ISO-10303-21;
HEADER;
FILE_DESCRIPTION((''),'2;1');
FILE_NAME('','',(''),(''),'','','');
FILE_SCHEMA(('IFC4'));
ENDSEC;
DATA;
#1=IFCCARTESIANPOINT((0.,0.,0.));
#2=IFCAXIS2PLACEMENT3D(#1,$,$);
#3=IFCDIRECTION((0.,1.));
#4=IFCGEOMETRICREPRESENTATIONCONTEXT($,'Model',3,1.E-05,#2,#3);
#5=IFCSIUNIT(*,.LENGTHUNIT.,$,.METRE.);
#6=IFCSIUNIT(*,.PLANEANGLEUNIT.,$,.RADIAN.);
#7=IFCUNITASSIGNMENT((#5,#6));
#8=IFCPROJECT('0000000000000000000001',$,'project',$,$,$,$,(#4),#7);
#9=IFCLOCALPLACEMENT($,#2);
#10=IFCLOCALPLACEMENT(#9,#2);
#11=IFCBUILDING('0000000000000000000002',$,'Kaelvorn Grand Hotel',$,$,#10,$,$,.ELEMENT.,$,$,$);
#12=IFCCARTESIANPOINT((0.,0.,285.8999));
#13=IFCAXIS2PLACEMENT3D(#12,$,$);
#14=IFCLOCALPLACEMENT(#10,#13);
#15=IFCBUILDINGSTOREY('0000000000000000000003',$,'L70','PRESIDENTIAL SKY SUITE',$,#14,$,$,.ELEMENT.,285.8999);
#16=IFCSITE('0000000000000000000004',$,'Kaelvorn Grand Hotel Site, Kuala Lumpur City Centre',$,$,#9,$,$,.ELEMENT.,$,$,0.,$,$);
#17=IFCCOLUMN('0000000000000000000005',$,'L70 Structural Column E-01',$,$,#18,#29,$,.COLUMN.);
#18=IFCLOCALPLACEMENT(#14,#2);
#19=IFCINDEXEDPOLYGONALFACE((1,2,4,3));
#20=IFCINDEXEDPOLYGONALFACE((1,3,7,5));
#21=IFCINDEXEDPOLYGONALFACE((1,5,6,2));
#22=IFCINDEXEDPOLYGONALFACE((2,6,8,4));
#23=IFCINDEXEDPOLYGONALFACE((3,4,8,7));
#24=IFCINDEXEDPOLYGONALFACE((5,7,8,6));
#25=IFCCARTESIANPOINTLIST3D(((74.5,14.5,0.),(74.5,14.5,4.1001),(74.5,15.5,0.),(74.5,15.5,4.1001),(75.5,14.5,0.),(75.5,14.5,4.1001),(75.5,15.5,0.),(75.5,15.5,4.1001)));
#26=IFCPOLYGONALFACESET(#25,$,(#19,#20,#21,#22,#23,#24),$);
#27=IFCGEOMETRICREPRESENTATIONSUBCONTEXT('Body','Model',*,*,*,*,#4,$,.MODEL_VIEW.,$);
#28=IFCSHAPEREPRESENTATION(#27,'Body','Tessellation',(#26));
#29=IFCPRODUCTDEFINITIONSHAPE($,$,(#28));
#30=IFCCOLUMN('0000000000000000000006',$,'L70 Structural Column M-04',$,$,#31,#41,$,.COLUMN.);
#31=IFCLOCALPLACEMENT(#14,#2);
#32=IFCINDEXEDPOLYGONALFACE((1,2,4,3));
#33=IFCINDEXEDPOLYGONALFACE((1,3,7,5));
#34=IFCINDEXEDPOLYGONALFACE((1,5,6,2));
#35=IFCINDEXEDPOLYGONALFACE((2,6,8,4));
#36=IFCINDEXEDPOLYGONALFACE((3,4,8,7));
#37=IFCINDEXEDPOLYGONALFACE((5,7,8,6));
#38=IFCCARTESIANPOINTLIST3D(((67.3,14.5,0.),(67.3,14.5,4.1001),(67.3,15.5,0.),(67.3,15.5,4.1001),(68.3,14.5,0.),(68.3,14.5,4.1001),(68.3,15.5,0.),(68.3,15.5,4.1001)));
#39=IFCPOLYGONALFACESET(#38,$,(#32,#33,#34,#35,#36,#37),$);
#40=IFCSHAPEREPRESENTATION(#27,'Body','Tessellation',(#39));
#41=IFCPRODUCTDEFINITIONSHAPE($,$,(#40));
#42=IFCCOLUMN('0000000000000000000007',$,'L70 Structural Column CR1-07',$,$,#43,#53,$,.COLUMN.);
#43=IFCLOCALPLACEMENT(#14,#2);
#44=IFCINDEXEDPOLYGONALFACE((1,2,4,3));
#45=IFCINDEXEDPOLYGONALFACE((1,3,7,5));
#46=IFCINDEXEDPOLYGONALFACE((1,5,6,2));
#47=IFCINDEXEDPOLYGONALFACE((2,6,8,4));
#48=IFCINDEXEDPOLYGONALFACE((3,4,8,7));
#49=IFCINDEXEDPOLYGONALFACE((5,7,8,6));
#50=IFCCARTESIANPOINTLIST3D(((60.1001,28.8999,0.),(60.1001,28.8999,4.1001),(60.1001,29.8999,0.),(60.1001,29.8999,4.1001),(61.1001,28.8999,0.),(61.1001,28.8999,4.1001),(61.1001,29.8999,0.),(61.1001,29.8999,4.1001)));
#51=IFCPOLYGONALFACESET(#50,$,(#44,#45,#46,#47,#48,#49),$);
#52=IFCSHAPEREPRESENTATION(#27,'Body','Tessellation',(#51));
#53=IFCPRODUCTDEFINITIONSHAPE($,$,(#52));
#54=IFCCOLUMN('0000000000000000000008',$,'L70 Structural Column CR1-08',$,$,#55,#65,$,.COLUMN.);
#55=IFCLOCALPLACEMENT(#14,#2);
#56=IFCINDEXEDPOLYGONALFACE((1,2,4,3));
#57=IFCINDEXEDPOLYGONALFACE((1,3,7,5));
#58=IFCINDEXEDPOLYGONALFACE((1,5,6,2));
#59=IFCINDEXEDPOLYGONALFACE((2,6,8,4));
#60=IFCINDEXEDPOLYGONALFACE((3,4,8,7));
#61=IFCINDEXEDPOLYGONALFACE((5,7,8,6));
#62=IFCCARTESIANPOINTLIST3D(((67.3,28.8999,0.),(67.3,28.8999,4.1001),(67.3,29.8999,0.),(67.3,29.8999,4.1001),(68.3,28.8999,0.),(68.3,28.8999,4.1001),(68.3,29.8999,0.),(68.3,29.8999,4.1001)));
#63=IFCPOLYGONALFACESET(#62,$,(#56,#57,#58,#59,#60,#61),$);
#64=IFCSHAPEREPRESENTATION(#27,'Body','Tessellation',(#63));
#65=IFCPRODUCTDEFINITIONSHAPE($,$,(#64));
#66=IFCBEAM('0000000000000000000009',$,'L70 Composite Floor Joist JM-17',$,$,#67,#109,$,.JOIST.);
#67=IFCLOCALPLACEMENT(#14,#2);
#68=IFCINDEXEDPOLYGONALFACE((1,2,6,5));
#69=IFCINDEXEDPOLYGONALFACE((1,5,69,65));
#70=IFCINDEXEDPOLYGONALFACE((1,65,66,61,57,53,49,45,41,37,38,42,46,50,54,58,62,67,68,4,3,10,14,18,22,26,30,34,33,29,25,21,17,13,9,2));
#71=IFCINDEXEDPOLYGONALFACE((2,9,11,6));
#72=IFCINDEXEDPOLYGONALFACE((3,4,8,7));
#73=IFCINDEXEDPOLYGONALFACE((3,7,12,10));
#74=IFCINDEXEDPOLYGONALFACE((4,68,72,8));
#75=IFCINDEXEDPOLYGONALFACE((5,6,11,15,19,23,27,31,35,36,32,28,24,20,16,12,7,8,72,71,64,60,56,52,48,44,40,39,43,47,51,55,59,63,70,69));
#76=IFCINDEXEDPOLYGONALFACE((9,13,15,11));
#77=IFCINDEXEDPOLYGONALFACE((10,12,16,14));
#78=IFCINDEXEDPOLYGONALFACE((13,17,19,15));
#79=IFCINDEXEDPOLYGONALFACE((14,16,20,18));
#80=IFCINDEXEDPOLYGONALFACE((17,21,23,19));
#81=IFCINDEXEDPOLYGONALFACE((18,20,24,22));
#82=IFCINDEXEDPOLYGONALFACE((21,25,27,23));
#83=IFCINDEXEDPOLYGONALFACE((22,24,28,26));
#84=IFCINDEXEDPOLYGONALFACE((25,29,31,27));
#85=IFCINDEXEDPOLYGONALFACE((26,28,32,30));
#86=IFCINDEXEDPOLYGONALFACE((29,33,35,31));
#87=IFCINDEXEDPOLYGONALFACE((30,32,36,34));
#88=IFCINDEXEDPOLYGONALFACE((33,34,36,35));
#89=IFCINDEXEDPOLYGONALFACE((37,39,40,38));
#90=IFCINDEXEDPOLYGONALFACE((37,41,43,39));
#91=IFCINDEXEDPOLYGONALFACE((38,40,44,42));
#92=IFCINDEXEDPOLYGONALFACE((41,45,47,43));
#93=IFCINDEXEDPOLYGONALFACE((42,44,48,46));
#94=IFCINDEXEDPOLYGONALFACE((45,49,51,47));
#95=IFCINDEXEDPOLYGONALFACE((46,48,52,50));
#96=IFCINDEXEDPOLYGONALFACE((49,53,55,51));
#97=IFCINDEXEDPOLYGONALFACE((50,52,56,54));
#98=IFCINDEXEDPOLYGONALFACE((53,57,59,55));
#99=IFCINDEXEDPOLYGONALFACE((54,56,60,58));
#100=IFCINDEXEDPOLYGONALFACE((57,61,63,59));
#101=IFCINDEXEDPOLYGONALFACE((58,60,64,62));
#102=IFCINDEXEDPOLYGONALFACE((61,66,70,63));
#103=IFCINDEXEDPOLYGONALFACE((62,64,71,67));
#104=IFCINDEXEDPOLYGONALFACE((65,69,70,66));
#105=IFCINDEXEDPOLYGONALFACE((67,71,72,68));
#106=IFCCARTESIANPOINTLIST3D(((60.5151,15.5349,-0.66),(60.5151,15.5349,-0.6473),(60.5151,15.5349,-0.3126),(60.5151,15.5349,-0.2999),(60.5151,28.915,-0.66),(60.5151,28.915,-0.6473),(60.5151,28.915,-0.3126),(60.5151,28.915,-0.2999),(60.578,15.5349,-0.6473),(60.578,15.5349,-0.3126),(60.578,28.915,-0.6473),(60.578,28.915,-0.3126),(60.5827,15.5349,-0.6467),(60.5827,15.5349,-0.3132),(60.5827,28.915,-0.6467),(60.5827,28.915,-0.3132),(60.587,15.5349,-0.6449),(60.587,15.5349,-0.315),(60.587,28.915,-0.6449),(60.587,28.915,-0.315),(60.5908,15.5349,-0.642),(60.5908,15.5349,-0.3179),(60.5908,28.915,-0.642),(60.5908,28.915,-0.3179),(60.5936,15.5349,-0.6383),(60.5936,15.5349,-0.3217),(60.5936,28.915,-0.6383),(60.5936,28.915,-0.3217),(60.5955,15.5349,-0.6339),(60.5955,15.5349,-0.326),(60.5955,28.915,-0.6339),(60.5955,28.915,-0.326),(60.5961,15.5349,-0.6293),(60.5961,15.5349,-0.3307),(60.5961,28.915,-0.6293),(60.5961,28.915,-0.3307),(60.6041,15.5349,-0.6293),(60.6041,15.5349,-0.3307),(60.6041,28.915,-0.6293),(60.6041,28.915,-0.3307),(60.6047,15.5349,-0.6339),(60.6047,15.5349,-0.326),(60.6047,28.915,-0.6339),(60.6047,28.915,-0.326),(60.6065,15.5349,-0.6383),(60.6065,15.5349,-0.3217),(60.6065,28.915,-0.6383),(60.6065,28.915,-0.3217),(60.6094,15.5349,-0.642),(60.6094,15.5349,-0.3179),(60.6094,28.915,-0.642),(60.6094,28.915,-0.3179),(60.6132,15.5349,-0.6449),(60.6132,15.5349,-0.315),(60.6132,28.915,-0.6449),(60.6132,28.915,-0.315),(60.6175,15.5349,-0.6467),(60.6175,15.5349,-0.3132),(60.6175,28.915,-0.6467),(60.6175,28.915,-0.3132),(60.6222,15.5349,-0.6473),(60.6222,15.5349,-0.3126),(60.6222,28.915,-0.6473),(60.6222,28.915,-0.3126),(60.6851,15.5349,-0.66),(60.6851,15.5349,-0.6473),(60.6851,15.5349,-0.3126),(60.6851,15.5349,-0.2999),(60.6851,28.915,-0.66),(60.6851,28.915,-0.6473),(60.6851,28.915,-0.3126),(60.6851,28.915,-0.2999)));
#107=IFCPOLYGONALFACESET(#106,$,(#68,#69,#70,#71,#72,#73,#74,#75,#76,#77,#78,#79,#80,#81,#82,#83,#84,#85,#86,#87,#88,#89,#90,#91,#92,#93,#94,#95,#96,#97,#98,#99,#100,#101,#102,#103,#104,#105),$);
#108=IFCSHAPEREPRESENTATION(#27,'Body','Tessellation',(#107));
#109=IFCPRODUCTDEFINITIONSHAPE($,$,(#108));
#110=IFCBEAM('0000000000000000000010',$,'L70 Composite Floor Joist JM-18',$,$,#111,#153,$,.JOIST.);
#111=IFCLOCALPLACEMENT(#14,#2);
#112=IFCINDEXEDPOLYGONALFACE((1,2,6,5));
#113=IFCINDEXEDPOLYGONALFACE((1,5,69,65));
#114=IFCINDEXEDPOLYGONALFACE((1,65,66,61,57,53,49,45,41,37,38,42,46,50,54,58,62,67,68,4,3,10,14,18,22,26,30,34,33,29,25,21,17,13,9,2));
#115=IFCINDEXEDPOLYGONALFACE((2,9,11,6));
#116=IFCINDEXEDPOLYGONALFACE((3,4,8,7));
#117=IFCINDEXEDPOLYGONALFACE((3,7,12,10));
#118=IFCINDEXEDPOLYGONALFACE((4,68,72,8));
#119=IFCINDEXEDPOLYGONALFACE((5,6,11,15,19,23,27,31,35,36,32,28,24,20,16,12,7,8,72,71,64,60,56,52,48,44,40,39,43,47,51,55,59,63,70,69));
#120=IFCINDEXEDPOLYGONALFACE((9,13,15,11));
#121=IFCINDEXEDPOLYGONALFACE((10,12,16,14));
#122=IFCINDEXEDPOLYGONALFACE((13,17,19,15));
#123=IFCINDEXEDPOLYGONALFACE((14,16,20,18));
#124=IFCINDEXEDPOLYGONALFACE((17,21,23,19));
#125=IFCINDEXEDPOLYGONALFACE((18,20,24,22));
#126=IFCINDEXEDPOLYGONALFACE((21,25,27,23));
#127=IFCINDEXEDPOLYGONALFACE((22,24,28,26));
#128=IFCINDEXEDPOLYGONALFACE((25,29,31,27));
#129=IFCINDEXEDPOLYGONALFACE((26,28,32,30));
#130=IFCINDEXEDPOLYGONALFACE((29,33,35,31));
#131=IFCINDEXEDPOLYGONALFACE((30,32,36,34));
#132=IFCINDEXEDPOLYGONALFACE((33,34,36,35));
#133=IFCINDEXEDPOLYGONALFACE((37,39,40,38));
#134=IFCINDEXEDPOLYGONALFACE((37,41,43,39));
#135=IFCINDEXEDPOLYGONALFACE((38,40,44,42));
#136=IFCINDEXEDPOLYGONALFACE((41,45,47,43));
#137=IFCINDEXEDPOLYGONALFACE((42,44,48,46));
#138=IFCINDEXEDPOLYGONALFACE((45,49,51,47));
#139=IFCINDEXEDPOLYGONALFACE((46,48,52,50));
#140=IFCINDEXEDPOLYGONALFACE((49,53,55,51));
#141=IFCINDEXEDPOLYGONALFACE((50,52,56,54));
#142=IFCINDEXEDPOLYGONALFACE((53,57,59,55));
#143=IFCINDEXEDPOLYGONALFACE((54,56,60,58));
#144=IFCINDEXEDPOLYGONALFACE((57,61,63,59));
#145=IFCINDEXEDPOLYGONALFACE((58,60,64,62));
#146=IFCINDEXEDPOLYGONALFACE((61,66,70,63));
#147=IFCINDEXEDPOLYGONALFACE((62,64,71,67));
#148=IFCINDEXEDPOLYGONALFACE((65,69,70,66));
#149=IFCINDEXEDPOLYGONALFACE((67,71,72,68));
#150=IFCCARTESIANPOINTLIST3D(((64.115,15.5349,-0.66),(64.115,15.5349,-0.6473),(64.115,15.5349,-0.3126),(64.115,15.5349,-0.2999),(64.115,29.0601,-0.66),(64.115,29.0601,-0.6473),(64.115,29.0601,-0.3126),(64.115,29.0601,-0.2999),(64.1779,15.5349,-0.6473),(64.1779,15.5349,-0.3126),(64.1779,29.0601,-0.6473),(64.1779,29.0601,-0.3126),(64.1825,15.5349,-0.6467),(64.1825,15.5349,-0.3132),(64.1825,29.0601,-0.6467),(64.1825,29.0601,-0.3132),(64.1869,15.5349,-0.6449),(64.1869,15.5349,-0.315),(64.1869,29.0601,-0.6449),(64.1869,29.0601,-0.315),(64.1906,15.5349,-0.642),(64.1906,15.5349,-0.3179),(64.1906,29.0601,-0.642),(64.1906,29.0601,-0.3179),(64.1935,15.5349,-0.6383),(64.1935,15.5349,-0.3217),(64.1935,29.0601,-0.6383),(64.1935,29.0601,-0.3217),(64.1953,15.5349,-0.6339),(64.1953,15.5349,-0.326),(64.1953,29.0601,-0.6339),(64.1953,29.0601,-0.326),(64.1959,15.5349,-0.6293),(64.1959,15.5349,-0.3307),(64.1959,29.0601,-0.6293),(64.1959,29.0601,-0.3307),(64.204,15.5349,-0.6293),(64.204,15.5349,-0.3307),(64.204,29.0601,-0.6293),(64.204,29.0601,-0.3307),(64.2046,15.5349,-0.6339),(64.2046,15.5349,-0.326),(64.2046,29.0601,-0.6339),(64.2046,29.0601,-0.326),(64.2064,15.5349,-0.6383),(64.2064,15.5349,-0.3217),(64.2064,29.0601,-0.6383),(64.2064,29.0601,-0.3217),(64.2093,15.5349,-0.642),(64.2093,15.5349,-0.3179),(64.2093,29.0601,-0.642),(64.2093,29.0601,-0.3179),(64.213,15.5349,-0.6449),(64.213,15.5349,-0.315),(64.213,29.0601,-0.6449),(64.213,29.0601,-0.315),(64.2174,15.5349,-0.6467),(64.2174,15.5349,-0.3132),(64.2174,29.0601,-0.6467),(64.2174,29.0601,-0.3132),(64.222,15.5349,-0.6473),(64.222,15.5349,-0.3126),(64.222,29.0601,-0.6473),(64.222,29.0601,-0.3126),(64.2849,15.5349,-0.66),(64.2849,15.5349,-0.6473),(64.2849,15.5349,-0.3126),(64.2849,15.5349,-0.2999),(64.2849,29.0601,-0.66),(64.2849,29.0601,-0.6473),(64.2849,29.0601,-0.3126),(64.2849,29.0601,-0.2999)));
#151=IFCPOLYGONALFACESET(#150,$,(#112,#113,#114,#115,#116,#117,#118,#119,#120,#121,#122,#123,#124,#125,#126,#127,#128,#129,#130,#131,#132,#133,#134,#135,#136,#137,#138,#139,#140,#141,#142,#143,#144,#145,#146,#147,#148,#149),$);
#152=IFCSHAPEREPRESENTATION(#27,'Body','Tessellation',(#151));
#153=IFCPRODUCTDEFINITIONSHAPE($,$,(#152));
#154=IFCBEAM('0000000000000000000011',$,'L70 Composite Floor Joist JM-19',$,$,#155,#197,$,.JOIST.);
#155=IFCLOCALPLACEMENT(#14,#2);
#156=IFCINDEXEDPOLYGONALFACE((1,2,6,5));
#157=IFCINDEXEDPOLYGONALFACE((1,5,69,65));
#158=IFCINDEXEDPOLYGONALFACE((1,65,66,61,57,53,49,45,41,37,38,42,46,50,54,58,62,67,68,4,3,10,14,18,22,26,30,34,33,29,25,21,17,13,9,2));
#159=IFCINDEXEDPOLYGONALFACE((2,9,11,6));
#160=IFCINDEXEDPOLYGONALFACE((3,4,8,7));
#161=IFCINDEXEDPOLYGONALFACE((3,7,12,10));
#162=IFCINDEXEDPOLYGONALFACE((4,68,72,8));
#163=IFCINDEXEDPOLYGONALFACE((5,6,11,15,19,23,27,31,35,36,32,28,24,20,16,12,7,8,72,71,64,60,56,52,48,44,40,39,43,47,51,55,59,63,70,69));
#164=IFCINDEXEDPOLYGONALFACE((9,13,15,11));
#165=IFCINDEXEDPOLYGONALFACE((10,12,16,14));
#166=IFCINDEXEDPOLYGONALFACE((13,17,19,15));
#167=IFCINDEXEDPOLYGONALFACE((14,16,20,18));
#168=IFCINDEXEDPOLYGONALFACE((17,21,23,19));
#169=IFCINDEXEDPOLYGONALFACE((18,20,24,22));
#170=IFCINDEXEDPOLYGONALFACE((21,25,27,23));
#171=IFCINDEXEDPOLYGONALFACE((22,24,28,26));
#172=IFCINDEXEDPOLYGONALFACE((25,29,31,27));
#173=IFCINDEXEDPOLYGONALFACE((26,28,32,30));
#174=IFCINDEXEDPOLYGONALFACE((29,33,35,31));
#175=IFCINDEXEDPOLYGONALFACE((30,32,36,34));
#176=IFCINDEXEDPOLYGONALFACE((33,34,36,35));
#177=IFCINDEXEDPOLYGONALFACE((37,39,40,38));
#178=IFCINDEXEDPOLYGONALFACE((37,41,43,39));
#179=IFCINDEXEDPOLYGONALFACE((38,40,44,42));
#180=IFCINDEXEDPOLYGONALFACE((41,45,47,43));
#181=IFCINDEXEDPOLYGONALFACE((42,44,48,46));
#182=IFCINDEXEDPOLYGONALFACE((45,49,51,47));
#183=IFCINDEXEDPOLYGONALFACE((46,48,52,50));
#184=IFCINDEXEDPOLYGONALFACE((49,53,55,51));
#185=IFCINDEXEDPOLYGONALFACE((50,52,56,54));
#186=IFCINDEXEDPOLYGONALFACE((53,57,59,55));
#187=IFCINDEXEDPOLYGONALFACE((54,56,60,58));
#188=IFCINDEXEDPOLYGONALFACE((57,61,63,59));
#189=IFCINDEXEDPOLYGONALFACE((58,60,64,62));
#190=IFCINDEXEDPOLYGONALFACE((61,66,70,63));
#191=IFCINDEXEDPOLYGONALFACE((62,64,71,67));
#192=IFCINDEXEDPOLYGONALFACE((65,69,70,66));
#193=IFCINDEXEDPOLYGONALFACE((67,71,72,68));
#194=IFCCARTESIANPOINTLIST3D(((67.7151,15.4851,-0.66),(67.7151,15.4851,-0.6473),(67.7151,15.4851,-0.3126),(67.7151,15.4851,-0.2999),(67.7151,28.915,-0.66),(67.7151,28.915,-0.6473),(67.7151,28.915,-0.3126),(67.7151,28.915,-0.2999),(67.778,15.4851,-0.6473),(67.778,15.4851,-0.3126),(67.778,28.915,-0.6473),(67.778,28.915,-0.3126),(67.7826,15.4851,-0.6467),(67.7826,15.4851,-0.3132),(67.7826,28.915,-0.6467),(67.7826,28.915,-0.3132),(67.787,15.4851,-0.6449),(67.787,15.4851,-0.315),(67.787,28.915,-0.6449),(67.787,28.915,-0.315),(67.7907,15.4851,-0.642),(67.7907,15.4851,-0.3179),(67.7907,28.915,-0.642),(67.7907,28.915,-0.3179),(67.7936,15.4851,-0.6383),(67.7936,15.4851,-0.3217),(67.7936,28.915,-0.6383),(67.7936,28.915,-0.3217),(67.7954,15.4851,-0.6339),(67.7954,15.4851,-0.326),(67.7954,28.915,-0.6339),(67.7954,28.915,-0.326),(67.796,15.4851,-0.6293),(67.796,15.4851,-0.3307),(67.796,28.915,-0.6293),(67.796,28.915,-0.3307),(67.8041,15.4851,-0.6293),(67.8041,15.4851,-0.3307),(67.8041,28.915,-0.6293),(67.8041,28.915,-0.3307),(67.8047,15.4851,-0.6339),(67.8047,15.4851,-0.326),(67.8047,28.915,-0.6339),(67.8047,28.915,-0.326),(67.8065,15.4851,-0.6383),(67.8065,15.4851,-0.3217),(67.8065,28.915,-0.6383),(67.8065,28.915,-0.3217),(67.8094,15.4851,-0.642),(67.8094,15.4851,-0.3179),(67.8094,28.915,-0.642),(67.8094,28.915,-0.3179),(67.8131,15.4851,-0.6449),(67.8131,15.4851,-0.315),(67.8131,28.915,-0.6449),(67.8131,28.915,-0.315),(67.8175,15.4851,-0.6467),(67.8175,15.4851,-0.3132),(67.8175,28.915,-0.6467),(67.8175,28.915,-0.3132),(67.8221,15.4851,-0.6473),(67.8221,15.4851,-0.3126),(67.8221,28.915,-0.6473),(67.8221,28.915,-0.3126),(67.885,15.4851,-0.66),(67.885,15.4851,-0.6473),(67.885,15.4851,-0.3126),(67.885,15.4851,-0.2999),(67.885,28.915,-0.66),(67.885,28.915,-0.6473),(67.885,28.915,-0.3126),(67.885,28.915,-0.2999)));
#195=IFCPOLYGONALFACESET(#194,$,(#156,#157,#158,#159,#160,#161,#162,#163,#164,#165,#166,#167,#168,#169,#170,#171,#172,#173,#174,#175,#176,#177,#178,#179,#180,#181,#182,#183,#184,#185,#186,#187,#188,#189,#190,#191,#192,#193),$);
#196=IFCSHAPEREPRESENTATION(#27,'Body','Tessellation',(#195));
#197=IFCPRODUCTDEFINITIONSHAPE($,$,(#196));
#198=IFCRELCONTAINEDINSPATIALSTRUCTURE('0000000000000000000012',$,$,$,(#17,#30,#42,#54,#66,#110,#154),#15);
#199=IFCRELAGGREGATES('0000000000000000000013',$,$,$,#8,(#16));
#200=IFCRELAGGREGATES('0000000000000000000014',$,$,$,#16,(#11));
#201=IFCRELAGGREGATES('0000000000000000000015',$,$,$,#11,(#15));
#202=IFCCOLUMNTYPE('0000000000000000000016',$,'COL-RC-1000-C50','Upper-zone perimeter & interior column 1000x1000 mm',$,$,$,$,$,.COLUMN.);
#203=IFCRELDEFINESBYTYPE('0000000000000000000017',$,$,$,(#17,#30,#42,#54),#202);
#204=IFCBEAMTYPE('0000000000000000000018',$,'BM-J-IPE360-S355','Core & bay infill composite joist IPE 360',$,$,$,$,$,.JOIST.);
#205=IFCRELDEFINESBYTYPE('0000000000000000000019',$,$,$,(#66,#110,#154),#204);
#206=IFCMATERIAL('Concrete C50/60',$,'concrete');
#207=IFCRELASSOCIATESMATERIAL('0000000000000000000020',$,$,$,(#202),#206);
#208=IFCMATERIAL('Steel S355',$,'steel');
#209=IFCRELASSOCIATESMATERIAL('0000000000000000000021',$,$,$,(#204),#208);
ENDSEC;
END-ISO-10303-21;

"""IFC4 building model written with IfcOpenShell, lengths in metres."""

from ifc_helpers import new_model, si_unit, direction, frame, origin, origin_2d, place, context, subcontext, project, spatial, rectangle, i_section, extrude, material, material_profile, profile_set, type_object, element, save


model = new_model("IFC4")

# Units and contexts
model_context = context("Model", 3, precision=1e-05, world=origin(), true_north=direction((0.0, 1.0)))
body_context = subcontext(model_context, "Body", "Model", "MODEL_VIEW")
ifc_project = project(units=[si_unit("LENGTHUNIT", "METRE"), si_unit("PLANEANGLEUNIT", "RADIAN")], contexts=[model_context])

# Site, building, storey
site_placement = place(None, origin())
site = spatial("IfcSite", under=ifc_project, at=site_placement, Name="Kaelvorn Grand Hotel Site, Kuala Lumpur City Centre", CompositionType="ELEMENT", RefElevation=0.0)
building_placement = place(site_placement, origin())
building = spatial("IfcBuilding", under=site, at=building_placement, Name="Kaelvorn Grand Hotel", CompositionType="ELEMENT")
storey_placement = place(building_placement, frame((0.0, 0.0, 285.8999)))
storey = spatial("IfcBuildingStorey", under=building, at=storey_placement, Name="L70", Description="PRESIDENTIAL SKY SUITE", CompositionType="ELEMENT", Elevation=285.8999)

# Columns
ifc_material_1 = material(Name="Concrete C50/60", Category="concrete")
ifc_material_profile_1 = material_profile(ifc_material_1, rectangle(XDim=1.0, YDim=1.0, at=origin_2d()), Name="RC COL 1000x1000")
ifc_profile_set_1 = profile_set([ifc_material_profile_1], Name="Concrete C50/60")
column_type = type_object("IfcColumnType", Name="COL-RC-1000-C50", Description="Upper-zone perimeter & interior column 1000x1000 mm", PredefinedType="COLUMN", material=ifc_profile_set_1)
for number, where, z_axis, x_axis, name in (
    (1, (75.0, 15.0, 0.0), (0.0, 0.0, 1.0), (1.0, 0.0, 0.0), "L70 Structural Column E-01"),
    (2, (67.8, 15.0, 0.0), (0.0, 0.0, 1.0), (1.0, 0.0, 0.0), "L70 Structural Column M-04"),
    (3, (60.6001, 29.3999, 0.0), (0.0, 0.0, 1.0), (1.0, 0.0, 0.0), "L70 Structural Column CR1-07"),
    (4, (67.8, 29.3999, 0.0), (0.0, 0.0, 1.0), (1.0, 0.0, 0.0), "L70 Structural Column CR1-08"),
):
    element("IfcColumn", number, at=place(storey_placement, frame(where, z_axis=z_axis, x_axis=x_axis)), inside=storey, type_object=column_type, Name=name, PredefinedType="COLUMN", context=body_context, shape_type="SweptSolid", body=[
        extrude(rectangle(XDim=1.0, YDim=1.0, at=origin_2d()), origin(), (0.0, 0.0, 1.0), 4.1001),
    ])

# Beams
ifc_material_2 = material(Name="Steel S355", Category="steel")
ifc_material_profile_2 = material_profile(ifc_material_2, i_section(OverallWidth=0.1699, OverallDepth=0.3601, WebThickness=0.0081, FlangeThickness=0.0127, FilletRadius=0.0181, at=origin_2d()), Name="IPE 360")
ifc_profile_set_2 = profile_set([ifc_material_profile_2], Name="Steel S355")
beam_type_1 = type_object("IfcBeamType", Name="BM-J-IPE360-S355", Description="Core & bay infill composite joist IPE 360", PredefinedType="JOIST", material=ifc_profile_set_2)
beam_1_placement = place(storey_placement, frame((60.6001, 15.5349, -0.48), z_axis=(0.0, 1.0, 0.0), x_axis=(-1.0, 0.0, 0.0)))
element("IfcBeam", 5, at=beam_1_placement, inside=storey, type_object=beam_type_1, Name="L70 Composite Floor Joist JM-17", PredefinedType="JOIST", context=body_context, shape_type="SweptSolid", body=[
    extrude(i_section(OverallWidth=0.1699, OverallDepth=0.3601, WebThickness=0.0081, FlangeThickness=0.0127, FilletRadius=0.0181, at=origin_2d()), origin(), (0.0, 0.0, 1.0), 13.3801),
])
beam_2_placement = place(storey_placement, frame((64.2, 15.5349, -0.48), z_axis=(0.0, 1.0, 0.0), x_axis=(-1.0, 0.0, 0.0)))
element("IfcBeam", 6, at=beam_2_placement, inside=storey, type_object=beam_type_1, Name="L70 Composite Floor Joist JM-18", PredefinedType="JOIST", context=body_context, shape_type="SweptSolid", body=[
    extrude(i_section(OverallWidth=0.1699, OverallDepth=0.3601, WebThickness=0.0081, FlangeThickness=0.0127, FilletRadius=0.0181, at=origin_2d()), origin(), (0.0, 0.0, 1.0), 13.5251),
])
beam_3_placement = place(storey_placement, frame((67.8, 15.4851, -0.48), z_axis=(0.0, 1.0, 0.0), x_axis=(-1.0, 0.0, 0.0)))
element("IfcBeam", 7, at=beam_3_placement, inside=storey, type_object=beam_type_1, Name="L70 Composite Floor Joist JM-19", PredefinedType="JOIST", context=body_context, shape_type="SweptSolid", body=[
    extrude(i_section(OverallWidth=0.1699, OverallDepth=0.3601, WebThickness=0.0081, FlangeThickness=0.0127, FilletRadius=0.0181, at=origin_2d()), origin(), (0.0, 0.0, 1.0), 13.4299),
])

save(model, "model.ifc")
